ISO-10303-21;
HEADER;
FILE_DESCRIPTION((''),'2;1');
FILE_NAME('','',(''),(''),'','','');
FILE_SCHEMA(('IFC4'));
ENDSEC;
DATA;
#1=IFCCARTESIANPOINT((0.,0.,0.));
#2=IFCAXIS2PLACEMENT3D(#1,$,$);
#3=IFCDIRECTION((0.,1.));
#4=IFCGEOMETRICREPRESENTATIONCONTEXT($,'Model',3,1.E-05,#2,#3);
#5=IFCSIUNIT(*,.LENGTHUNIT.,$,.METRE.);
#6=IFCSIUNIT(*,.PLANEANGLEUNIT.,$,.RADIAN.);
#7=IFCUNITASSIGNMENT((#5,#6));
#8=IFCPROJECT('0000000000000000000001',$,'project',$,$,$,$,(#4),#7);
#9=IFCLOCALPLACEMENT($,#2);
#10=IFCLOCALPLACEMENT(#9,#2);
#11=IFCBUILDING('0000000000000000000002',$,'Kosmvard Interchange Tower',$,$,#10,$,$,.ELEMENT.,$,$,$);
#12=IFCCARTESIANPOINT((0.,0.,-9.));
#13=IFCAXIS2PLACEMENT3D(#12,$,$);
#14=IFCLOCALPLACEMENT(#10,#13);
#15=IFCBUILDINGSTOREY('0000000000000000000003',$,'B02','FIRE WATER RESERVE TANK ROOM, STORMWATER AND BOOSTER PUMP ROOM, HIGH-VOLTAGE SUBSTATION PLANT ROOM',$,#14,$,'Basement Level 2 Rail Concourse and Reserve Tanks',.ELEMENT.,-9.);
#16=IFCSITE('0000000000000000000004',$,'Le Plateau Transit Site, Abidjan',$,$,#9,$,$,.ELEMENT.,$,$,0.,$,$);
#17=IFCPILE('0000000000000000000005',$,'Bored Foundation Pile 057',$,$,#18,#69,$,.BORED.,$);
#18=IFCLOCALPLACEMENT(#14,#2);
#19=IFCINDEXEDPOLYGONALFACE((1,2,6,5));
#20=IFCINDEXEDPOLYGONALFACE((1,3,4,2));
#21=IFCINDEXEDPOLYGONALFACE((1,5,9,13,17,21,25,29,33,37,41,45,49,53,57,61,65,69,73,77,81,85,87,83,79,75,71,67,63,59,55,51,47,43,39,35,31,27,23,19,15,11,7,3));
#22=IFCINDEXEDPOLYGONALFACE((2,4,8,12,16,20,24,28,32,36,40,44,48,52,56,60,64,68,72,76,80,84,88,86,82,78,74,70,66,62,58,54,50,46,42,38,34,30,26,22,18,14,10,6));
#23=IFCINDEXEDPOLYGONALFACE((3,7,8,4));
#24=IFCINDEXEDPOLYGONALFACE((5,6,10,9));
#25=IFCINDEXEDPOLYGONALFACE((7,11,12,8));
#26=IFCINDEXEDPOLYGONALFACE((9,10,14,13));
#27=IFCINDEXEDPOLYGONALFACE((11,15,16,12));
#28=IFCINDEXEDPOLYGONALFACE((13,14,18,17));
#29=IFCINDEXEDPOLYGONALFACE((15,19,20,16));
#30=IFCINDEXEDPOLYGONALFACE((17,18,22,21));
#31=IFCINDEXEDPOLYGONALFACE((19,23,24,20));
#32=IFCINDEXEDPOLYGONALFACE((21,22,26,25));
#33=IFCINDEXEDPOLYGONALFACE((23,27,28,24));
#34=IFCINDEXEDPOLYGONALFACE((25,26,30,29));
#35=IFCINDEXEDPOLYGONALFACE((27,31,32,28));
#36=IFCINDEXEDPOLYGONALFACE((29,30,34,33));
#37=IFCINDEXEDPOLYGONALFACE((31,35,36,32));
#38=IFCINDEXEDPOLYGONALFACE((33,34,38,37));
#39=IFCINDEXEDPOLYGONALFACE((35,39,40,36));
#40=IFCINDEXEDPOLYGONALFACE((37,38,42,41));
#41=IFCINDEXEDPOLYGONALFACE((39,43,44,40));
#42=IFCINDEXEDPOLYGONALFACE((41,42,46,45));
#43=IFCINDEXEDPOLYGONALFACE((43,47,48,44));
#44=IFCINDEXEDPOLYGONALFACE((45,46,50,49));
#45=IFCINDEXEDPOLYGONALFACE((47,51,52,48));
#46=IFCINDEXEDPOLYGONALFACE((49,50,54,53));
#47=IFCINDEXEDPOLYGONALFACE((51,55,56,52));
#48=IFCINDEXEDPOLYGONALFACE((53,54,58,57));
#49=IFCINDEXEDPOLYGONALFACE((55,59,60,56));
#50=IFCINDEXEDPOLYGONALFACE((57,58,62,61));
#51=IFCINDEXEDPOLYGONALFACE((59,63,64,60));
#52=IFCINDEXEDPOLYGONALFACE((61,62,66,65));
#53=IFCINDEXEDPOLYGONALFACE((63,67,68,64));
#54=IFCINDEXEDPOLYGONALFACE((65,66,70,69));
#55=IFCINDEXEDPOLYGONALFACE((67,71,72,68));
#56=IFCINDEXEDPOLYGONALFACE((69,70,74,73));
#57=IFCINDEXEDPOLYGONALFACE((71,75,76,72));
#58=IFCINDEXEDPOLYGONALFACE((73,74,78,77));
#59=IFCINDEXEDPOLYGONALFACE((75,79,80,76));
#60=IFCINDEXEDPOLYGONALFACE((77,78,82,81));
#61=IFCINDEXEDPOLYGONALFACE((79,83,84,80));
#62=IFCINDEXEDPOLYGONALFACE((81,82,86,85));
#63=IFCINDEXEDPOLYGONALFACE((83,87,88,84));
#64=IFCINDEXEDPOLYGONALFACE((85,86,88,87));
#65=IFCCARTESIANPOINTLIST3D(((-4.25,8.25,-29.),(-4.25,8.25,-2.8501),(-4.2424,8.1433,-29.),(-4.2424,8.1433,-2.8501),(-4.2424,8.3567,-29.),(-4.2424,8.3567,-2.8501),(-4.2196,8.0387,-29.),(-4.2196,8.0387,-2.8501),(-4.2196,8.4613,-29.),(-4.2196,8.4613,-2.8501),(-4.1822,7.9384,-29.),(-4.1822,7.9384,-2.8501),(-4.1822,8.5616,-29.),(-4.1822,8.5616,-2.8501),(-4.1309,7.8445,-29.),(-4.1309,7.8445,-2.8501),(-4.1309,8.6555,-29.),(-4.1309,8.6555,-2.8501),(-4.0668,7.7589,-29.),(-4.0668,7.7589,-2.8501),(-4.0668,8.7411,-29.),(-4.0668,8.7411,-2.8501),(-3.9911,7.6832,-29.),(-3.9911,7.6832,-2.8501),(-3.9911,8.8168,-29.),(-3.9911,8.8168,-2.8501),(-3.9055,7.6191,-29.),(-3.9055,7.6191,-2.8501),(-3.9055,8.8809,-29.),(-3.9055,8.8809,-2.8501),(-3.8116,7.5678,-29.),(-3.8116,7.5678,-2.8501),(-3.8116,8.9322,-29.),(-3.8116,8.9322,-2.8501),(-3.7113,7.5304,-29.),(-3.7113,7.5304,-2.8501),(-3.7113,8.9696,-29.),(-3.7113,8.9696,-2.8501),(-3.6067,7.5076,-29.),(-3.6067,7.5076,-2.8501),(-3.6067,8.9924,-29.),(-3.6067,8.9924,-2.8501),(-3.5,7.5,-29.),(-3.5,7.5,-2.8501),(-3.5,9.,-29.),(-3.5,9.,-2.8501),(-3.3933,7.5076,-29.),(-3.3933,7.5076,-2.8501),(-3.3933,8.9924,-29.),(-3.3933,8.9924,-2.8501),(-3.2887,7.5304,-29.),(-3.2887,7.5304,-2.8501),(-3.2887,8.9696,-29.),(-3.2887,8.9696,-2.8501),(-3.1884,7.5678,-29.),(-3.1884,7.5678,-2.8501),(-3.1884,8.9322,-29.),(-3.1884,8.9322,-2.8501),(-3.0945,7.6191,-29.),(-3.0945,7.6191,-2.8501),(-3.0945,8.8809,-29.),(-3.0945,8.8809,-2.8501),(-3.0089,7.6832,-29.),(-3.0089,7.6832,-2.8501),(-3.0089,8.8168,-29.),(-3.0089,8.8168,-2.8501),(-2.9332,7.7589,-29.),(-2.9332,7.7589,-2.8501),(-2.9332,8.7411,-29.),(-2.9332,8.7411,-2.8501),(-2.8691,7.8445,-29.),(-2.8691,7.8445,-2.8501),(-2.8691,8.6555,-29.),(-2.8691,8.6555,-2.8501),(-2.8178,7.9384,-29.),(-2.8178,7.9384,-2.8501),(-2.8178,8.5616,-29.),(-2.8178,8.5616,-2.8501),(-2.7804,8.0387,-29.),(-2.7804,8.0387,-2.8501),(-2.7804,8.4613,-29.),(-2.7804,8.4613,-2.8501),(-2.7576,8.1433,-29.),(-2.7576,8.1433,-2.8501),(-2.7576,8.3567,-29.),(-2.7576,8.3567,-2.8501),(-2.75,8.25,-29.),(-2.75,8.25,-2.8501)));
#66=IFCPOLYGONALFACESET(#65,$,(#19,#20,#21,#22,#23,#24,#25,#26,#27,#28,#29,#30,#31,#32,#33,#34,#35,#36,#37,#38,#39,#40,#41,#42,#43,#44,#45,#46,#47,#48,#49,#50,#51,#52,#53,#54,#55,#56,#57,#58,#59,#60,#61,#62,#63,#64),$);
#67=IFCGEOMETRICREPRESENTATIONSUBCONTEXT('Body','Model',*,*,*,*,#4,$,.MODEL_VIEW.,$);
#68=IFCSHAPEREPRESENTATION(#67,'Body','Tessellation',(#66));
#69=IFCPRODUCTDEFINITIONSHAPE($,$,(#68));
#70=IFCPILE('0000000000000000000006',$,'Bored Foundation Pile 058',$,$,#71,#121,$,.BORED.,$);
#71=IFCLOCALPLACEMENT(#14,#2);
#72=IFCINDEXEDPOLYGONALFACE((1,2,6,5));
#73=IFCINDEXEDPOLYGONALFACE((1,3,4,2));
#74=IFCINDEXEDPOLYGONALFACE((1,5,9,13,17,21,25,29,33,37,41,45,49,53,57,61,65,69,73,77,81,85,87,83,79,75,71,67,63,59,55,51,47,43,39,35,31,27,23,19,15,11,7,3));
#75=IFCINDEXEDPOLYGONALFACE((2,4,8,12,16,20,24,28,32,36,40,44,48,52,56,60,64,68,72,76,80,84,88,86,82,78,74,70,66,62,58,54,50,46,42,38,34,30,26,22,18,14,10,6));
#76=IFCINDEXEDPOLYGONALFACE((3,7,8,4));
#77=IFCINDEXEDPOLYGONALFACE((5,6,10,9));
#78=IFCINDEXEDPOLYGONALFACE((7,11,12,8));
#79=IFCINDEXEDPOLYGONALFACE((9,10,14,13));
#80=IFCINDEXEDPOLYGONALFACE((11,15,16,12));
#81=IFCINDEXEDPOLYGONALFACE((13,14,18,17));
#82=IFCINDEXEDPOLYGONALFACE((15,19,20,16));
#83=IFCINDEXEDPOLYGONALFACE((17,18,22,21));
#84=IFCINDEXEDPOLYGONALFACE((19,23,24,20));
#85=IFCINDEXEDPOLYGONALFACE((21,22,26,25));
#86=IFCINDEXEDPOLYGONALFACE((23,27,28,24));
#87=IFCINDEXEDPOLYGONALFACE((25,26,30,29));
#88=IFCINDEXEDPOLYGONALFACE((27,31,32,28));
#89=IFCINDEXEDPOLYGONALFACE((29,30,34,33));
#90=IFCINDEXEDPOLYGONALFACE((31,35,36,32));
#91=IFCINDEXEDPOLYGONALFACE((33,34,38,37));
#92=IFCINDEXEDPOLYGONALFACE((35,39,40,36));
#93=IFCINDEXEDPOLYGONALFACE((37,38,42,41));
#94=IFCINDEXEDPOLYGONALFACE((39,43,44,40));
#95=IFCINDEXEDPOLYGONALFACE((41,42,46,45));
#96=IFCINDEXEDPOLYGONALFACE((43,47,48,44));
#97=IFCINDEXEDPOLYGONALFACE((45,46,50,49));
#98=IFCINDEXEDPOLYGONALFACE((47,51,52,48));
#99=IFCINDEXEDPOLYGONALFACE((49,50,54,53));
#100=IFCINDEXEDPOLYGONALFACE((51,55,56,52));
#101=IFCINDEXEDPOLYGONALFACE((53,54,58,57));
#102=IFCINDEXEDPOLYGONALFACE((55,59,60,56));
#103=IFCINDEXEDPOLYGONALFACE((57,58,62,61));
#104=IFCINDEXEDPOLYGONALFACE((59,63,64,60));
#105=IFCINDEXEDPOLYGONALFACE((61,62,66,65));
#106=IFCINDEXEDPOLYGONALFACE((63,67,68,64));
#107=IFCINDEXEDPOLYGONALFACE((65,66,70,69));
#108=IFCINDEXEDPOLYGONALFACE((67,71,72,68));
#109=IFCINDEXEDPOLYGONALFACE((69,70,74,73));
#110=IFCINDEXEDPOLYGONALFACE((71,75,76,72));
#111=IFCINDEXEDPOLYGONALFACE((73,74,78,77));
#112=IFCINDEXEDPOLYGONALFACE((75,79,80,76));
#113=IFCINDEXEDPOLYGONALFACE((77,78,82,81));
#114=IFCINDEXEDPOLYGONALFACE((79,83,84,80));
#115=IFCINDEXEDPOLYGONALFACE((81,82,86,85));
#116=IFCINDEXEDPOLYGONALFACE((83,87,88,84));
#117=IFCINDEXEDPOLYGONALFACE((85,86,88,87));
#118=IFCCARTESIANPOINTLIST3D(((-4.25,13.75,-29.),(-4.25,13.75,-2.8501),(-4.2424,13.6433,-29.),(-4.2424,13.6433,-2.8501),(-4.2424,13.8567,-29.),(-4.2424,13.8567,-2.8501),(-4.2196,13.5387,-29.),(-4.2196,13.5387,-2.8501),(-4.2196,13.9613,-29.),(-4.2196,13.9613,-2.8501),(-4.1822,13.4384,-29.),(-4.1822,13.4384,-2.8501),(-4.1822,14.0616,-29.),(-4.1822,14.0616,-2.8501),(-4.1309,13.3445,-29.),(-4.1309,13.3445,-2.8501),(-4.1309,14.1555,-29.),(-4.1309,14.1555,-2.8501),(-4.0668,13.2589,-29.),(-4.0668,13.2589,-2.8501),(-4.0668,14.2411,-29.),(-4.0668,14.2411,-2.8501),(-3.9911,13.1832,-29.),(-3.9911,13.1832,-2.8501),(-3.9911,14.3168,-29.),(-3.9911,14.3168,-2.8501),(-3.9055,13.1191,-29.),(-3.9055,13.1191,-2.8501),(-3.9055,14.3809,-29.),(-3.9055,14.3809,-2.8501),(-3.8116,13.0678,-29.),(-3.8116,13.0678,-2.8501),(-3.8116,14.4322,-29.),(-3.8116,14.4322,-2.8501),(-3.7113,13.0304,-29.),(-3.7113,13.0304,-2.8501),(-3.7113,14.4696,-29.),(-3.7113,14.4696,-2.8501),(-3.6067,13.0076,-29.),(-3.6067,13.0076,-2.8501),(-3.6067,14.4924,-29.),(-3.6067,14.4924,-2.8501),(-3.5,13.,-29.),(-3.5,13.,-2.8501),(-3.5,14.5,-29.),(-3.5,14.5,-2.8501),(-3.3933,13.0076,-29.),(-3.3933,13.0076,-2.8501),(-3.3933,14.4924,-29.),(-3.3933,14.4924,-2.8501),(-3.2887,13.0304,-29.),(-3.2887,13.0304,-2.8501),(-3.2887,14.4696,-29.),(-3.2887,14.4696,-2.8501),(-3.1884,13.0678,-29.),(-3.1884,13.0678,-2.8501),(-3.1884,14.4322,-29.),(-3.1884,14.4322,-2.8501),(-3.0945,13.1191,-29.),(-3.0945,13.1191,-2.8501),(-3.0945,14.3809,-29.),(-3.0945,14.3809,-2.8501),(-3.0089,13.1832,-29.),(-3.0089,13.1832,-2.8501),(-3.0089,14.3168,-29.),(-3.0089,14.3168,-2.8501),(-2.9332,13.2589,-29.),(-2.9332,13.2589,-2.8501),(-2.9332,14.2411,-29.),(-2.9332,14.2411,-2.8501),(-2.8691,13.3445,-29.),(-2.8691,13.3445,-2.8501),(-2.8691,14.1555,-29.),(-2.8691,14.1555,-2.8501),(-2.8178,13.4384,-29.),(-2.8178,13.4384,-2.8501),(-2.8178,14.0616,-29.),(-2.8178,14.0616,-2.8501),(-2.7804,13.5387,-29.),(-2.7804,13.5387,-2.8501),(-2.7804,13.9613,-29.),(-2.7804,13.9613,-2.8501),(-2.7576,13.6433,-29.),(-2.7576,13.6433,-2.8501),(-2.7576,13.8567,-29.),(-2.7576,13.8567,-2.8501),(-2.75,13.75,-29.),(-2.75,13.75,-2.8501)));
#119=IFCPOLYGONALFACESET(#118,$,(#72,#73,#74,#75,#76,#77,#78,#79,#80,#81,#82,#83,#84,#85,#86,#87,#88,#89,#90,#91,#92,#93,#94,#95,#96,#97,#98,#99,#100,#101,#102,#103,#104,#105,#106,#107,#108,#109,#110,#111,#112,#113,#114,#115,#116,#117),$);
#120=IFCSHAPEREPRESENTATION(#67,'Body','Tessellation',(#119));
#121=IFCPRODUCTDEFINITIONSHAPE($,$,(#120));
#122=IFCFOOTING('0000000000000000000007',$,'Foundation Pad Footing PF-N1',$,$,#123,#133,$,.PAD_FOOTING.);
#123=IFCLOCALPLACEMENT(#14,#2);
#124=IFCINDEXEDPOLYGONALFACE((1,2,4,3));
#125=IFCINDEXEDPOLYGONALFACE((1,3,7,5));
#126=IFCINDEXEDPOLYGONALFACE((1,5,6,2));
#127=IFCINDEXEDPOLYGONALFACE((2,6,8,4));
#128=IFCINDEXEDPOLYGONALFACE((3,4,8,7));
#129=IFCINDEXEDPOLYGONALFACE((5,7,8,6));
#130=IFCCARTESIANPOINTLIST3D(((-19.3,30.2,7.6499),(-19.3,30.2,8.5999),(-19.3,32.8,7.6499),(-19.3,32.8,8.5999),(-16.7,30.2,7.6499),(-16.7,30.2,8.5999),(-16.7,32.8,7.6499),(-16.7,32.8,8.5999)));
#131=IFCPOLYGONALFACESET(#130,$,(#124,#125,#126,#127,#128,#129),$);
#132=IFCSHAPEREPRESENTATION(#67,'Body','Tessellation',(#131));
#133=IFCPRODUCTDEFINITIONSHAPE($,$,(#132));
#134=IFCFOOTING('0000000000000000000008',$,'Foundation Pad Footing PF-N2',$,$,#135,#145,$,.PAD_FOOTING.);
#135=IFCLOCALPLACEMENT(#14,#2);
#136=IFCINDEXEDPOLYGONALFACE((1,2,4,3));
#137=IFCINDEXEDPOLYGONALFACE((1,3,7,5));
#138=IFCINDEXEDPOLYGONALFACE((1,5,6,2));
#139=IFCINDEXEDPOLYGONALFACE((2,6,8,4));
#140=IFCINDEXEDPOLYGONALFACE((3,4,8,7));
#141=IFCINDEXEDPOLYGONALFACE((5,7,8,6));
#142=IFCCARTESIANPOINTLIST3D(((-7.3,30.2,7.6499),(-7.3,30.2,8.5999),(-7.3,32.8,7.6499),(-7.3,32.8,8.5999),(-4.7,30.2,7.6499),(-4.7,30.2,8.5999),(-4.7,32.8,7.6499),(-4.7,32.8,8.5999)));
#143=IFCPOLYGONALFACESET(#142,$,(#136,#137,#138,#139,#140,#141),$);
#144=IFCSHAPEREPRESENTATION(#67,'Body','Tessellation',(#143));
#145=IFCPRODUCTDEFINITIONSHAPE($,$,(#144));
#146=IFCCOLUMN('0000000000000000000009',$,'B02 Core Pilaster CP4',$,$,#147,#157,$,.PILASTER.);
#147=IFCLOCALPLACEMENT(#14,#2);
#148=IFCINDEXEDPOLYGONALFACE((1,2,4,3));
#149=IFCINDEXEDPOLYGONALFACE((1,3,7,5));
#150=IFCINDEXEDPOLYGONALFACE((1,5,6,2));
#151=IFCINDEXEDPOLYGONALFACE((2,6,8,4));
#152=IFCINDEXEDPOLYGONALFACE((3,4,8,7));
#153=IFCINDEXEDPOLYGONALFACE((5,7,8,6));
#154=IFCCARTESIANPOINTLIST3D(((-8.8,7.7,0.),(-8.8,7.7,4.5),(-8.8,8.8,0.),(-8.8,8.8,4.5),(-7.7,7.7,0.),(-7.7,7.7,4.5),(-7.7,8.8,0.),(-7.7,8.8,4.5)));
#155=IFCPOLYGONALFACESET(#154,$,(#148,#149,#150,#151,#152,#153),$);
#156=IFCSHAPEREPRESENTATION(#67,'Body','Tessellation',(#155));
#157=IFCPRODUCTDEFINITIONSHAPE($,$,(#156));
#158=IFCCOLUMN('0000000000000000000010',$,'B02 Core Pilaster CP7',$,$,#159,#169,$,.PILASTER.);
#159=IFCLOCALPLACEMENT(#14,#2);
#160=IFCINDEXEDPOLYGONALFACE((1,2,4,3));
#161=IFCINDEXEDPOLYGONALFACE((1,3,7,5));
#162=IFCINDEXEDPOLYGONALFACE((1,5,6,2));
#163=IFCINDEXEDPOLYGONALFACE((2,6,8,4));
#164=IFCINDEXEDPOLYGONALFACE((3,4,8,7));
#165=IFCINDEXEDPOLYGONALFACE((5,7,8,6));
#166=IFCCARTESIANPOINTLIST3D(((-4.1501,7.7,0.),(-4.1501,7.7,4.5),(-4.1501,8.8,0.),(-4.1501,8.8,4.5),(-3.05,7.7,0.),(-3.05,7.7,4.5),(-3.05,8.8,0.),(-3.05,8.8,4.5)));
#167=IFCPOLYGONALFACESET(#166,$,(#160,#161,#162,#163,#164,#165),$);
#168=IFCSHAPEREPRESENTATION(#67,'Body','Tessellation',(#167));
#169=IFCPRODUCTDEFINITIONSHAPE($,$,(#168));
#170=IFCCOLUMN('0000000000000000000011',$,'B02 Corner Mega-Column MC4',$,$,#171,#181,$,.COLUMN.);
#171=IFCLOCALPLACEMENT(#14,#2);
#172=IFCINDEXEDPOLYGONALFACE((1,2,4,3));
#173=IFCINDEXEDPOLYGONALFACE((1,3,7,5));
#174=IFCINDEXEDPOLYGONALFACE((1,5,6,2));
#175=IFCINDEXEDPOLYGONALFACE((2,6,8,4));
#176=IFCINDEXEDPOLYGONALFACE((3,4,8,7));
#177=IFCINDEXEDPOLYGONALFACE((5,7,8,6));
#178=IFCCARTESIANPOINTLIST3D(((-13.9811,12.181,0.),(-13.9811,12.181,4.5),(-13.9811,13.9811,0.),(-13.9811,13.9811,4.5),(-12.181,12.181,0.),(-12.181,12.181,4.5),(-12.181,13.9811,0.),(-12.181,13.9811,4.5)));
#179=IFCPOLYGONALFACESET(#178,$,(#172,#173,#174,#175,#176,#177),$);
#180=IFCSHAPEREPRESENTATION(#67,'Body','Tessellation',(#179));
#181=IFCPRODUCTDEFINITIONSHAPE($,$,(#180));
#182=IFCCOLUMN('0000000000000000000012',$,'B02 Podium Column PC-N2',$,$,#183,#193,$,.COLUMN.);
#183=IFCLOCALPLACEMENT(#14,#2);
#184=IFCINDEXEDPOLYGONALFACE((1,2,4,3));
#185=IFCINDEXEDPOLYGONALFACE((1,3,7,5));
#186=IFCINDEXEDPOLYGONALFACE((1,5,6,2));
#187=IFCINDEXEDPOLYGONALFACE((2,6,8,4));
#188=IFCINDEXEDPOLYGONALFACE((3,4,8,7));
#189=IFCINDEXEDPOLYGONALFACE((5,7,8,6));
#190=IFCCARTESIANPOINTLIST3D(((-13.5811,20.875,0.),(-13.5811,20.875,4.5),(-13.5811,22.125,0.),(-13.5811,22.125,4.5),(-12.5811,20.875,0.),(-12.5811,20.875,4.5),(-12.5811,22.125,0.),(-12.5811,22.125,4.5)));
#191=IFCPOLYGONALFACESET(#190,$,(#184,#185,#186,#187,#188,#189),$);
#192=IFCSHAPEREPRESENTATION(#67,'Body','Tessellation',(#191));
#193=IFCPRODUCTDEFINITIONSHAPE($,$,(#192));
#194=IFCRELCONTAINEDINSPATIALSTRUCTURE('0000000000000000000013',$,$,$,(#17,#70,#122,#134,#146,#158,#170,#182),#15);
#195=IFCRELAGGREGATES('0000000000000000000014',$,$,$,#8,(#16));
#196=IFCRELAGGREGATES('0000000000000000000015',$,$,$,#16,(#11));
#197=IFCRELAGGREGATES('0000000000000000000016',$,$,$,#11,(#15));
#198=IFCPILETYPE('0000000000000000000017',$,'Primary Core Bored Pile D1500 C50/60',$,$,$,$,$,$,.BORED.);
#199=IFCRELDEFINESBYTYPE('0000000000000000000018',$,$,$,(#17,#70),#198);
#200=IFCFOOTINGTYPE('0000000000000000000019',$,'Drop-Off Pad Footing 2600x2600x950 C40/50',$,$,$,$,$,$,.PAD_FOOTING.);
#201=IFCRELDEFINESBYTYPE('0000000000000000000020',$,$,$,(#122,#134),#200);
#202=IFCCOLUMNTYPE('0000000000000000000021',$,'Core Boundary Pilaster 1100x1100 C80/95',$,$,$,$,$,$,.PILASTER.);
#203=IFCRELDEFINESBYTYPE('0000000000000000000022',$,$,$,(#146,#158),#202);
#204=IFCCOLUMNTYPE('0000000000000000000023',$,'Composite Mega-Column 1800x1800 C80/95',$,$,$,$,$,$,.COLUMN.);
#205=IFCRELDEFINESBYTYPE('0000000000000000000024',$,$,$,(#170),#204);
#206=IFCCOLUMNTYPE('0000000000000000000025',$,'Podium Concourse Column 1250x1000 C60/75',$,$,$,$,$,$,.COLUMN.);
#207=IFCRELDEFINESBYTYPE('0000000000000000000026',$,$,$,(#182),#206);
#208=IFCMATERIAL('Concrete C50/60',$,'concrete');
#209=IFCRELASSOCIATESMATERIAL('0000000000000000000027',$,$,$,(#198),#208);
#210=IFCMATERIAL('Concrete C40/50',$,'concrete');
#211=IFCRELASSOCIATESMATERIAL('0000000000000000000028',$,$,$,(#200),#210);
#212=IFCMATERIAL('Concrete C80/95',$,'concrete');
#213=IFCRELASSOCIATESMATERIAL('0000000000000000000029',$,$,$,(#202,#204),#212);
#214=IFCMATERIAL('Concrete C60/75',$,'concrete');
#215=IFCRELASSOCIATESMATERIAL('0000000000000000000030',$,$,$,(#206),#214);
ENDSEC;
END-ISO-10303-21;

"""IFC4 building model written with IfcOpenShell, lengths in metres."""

from ifc_helpers import new_model, si_unit, direction, frame, origin, origin_2d, place, context, subcontext, project, spatial, rectangle, circle, extrude, source, transform, mapped, material, material_profile, profile_set, type_object, element, save


model = new_model("IFC4")

# Units and contexts
model_context = context("Model", 3, precision=1e-05, world=origin(), true_north=direction((0.0, 1.0)))
body_context = subcontext(model_context, "Body", "Model", "MODEL_VIEW")
ifc_project = project(units=[si_unit("LENGTHUNIT", "METRE"), si_unit("PLANEANGLEUNIT", "RADIAN")], contexts=[model_context])

# Site, building, storey
site_placement = place(None, origin())
site = spatial("IfcSite", under=ifc_project, at=site_placement, Name="Le Plateau Transit Site, Abidjan", CompositionType="ELEMENT", RefElevation=0.0)
building_placement = place(site_placement, origin())
building = spatial("IfcBuilding", under=site, at=building_placement, Name="Kosmvard Interchange Tower", CompositionType="ELEMENT")
storey_placement = place(building_placement, frame((0.0, 0.0, -9.0)))
storey = spatial("IfcBuildingStorey", under=building, at=storey_placement, Name="B02", Description="FIRE WATER RESERVE TANK ROOM, STORMWATER AND BOOSTER PUMP ROOM, HIGH-VOLTAGE SUBSTATION PLANT ROOM", LongName="Basement Level 2 Rail Concourse and Reserve Tanks", CompositionType="ELEMENT", Elevation=-9.0)

# Piles
ifc_material_1 = material(Name="Concrete C50/60", Category="concrete")
ifc_material_profile_1 = material_profile(ifc_material_1, circle(Radius=0.75, at=origin_2d()), Name="PILE D1500")
ifc_profile_set_1 = profile_set([ifc_material_profile_1], Name="Concrete C50/60")
pile_type_1 = type_object("IfcPileType", Name="Primary Core Bored Pile D1500 C50/60", PredefinedType="BORED", material=ifc_profile_set_1)
shared_shape_1 = source(origin(), body_context, "Body", "SweptSolid", [
    extrude(circle(Radius=0.75, at=origin_2d()), origin(), (0.0, 0.0, 1.0), 26.1499),
])
for number, where, z_axis, x_axis, name in (
    (1, (-3.5, 8.25, -2.8501), (0.0, 0.0, -1.0), (1.0, 0.0, 0.0), "Bored Foundation Pile 057"),
    (2, (-3.5, 13.75, -2.8501), (0.0, 0.0, -1.0), (1.0, 0.0, 0.0), "Bored Foundation Pile 058"),
):
    element("IfcPile", number, at=place(storey_placement, frame(where, z_axis=z_axis, x_axis=x_axis)), inside=storey, type_object=pile_type_1, Name=name, PredefinedType="BORED", context=body_context, shape_type="MappedRepresentation", body=[
        mapped(shared_shape_1, transform((0.0, 0.0, 0.0), scale=1.0)),
    ])

# Footings
ifc_material_2 = material(Name="Concrete C40/50", Category="concrete")
footing_type = type_object("IfcFootingType", Name="Drop-Off Pad Footing 2600x2600x950 C40/50", PredefinedType="PAD_FOOTING", material=ifc_material_2)
shared_shape_2 = source(origin(), body_context, "Body", "SweptSolid", [
    extrude(rectangle(XDim=2.6001, YDim=2.6001, at=origin_2d()), origin(), (0.0, 0.0, 1.0), 0.95),
])
for number, where, z_axis, x_axis, name in (
    (3, (-18.0, 31.5, 7.6499), (0.0, 0.0, 1.0), (1.0, 0.0, 0.0), "Foundation Pad Footing PF-N1"),
    (4, (-6.0, 31.5, 7.6499), (0.0, 0.0, 1.0), (1.0, 0.0, 0.0), "Foundation Pad Footing PF-N2"),
):
    element("IfcFooting", number, at=place(storey_placement, frame(where, z_axis=z_axis, x_axis=x_axis)), inside=storey, type_object=footing_type, Name=name, PredefinedType="PAD_FOOTING", context=body_context, shape_type="MappedRepresentation", body=[
        mapped(shared_shape_2, transform((0.0, 0.0, 0.0), scale=1.0)),
    ])

# Columns
ifc_material_3 = material(Name="Concrete C80/95", Category="concrete")
ifc_material_profile_2 = material_profile(ifc_material_3, rectangle(XDim=1.1001, YDim=1.1001, at=origin_2d()), Name="CP 1100x1100")
ifc_profile_set_2 = profile_set([ifc_material_profile_2], Name="Concrete C80/95")
column_type_1 = type_object("IfcColumnType", Name="Core Boundary Pilaster 1100x1100 C80/95", PredefinedType="PILASTER", material=ifc_profile_set_2)
shared_shape_3 = source(origin(), body_context, "Body", "SweptSolid", [
    extrude(rectangle(XDim=1.1001, YDim=1.1001, at=origin_2d()), origin(), (0.0, 0.0, 1.0), 4.5),
])
for number, where, z_axis, x_axis, name in (
    (5, (-8.25, 8.25, 0.0), (0.0, 0.0, 1.0), (1.0, 0.0, 0.0), "B02 Core Pilaster CP4"),
    (6, (-3.6001, 8.25, 0.0), (0.0, 0.0, 1.0), (1.0, 0.0, 0.0), "B02 Core Pilaster CP7"),
):
    element("IfcColumn", number, at=place(storey_placement, frame(where, z_axis=z_axis, x_axis=x_axis)), inside=storey, type_object=column_type_1, Name=name, PredefinedType="PILASTER", context=body_context, shape_type="MappedRepresentation", body=[
        mapped(shared_shape_3, transform((0.0, 0.0, 0.0), scale=1.0)),
    ])
ifc_material_profile_3 = material_profile(ifc_material_3, rectangle(XDim=1.8, YDim=1.8, at=origin_2d()), Name="MC 1800x1800")
ifc_profile_set_3 = profile_set([ifc_material_profile_3], Name="Concrete C80/95")
column_type_2 = type_object("IfcColumnType", Name="Composite Mega-Column 1800x1800 C80/95", PredefinedType="COLUMN", material=ifc_profile_set_3)
shared_shape_4 = source(origin(), body_context, "Body", "SweptSolid", [
    extrude(rectangle(XDim=1.8, YDim=1.8, at=origin_2d()), origin(), (0.0, 0.0, 1.0), 4.5),
])
column_1_placement = place(storey_placement, frame((-13.0811, 13.0811, 0.0), z_axis=(0.0, 0.0, 1.0), x_axis=(1.0, 0.0, 0.0)))
element("IfcColumn", 7, at=column_1_placement, inside=storey, type_object=column_type_2, Name="B02 Corner Mega-Column MC4", PredefinedType="COLUMN", context=body_context, shape_type="MappedRepresentation", body=[
    mapped(shared_shape_4, transform((0.0, 0.0, 0.0), scale=1.0)),
])
ifc_material_4 = material(Name="Concrete C60/75", Category="concrete")
ifc_material_profile_4 = material_profile(ifc_material_4, rectangle(XDim=1.0, YDim=1.25, at=origin_2d()), Name="PC 1250x1000")
ifc_profile_set_4 = profile_set([ifc_material_profile_4], Name="Concrete C60/75")
column_type_3 = type_object("IfcColumnType", Name="Podium Concourse Column 1250x1000 C60/75", PredefinedType="COLUMN", material=ifc_profile_set_4)
shared_shape_5 = source(origin(), body_context, "Body", "SweptSolid", [
    extrude(rectangle(XDim=1.0, YDim=1.25, at=origin_2d()), origin(), (0.0, 0.0, 1.0), 4.5),
])
column_2_placement = place(storey_placement, frame((-13.0811, 21.5, 0.0), z_axis=(0.0, 0.0, 1.0), x_axis=(1.0, 0.0, 0.0)))
element("IfcColumn", 8, at=column_2_placement, inside=storey, type_object=column_type_3, Name="B02 Podium Column PC-N2", PredefinedType="COLUMN", context=body_context, shape_type="MappedRepresentation", body=[
    mapped(shared_shape_5, transform((0.0, 0.0, 0.0), scale=1.0)),
])

save(model, "model.ifc")
